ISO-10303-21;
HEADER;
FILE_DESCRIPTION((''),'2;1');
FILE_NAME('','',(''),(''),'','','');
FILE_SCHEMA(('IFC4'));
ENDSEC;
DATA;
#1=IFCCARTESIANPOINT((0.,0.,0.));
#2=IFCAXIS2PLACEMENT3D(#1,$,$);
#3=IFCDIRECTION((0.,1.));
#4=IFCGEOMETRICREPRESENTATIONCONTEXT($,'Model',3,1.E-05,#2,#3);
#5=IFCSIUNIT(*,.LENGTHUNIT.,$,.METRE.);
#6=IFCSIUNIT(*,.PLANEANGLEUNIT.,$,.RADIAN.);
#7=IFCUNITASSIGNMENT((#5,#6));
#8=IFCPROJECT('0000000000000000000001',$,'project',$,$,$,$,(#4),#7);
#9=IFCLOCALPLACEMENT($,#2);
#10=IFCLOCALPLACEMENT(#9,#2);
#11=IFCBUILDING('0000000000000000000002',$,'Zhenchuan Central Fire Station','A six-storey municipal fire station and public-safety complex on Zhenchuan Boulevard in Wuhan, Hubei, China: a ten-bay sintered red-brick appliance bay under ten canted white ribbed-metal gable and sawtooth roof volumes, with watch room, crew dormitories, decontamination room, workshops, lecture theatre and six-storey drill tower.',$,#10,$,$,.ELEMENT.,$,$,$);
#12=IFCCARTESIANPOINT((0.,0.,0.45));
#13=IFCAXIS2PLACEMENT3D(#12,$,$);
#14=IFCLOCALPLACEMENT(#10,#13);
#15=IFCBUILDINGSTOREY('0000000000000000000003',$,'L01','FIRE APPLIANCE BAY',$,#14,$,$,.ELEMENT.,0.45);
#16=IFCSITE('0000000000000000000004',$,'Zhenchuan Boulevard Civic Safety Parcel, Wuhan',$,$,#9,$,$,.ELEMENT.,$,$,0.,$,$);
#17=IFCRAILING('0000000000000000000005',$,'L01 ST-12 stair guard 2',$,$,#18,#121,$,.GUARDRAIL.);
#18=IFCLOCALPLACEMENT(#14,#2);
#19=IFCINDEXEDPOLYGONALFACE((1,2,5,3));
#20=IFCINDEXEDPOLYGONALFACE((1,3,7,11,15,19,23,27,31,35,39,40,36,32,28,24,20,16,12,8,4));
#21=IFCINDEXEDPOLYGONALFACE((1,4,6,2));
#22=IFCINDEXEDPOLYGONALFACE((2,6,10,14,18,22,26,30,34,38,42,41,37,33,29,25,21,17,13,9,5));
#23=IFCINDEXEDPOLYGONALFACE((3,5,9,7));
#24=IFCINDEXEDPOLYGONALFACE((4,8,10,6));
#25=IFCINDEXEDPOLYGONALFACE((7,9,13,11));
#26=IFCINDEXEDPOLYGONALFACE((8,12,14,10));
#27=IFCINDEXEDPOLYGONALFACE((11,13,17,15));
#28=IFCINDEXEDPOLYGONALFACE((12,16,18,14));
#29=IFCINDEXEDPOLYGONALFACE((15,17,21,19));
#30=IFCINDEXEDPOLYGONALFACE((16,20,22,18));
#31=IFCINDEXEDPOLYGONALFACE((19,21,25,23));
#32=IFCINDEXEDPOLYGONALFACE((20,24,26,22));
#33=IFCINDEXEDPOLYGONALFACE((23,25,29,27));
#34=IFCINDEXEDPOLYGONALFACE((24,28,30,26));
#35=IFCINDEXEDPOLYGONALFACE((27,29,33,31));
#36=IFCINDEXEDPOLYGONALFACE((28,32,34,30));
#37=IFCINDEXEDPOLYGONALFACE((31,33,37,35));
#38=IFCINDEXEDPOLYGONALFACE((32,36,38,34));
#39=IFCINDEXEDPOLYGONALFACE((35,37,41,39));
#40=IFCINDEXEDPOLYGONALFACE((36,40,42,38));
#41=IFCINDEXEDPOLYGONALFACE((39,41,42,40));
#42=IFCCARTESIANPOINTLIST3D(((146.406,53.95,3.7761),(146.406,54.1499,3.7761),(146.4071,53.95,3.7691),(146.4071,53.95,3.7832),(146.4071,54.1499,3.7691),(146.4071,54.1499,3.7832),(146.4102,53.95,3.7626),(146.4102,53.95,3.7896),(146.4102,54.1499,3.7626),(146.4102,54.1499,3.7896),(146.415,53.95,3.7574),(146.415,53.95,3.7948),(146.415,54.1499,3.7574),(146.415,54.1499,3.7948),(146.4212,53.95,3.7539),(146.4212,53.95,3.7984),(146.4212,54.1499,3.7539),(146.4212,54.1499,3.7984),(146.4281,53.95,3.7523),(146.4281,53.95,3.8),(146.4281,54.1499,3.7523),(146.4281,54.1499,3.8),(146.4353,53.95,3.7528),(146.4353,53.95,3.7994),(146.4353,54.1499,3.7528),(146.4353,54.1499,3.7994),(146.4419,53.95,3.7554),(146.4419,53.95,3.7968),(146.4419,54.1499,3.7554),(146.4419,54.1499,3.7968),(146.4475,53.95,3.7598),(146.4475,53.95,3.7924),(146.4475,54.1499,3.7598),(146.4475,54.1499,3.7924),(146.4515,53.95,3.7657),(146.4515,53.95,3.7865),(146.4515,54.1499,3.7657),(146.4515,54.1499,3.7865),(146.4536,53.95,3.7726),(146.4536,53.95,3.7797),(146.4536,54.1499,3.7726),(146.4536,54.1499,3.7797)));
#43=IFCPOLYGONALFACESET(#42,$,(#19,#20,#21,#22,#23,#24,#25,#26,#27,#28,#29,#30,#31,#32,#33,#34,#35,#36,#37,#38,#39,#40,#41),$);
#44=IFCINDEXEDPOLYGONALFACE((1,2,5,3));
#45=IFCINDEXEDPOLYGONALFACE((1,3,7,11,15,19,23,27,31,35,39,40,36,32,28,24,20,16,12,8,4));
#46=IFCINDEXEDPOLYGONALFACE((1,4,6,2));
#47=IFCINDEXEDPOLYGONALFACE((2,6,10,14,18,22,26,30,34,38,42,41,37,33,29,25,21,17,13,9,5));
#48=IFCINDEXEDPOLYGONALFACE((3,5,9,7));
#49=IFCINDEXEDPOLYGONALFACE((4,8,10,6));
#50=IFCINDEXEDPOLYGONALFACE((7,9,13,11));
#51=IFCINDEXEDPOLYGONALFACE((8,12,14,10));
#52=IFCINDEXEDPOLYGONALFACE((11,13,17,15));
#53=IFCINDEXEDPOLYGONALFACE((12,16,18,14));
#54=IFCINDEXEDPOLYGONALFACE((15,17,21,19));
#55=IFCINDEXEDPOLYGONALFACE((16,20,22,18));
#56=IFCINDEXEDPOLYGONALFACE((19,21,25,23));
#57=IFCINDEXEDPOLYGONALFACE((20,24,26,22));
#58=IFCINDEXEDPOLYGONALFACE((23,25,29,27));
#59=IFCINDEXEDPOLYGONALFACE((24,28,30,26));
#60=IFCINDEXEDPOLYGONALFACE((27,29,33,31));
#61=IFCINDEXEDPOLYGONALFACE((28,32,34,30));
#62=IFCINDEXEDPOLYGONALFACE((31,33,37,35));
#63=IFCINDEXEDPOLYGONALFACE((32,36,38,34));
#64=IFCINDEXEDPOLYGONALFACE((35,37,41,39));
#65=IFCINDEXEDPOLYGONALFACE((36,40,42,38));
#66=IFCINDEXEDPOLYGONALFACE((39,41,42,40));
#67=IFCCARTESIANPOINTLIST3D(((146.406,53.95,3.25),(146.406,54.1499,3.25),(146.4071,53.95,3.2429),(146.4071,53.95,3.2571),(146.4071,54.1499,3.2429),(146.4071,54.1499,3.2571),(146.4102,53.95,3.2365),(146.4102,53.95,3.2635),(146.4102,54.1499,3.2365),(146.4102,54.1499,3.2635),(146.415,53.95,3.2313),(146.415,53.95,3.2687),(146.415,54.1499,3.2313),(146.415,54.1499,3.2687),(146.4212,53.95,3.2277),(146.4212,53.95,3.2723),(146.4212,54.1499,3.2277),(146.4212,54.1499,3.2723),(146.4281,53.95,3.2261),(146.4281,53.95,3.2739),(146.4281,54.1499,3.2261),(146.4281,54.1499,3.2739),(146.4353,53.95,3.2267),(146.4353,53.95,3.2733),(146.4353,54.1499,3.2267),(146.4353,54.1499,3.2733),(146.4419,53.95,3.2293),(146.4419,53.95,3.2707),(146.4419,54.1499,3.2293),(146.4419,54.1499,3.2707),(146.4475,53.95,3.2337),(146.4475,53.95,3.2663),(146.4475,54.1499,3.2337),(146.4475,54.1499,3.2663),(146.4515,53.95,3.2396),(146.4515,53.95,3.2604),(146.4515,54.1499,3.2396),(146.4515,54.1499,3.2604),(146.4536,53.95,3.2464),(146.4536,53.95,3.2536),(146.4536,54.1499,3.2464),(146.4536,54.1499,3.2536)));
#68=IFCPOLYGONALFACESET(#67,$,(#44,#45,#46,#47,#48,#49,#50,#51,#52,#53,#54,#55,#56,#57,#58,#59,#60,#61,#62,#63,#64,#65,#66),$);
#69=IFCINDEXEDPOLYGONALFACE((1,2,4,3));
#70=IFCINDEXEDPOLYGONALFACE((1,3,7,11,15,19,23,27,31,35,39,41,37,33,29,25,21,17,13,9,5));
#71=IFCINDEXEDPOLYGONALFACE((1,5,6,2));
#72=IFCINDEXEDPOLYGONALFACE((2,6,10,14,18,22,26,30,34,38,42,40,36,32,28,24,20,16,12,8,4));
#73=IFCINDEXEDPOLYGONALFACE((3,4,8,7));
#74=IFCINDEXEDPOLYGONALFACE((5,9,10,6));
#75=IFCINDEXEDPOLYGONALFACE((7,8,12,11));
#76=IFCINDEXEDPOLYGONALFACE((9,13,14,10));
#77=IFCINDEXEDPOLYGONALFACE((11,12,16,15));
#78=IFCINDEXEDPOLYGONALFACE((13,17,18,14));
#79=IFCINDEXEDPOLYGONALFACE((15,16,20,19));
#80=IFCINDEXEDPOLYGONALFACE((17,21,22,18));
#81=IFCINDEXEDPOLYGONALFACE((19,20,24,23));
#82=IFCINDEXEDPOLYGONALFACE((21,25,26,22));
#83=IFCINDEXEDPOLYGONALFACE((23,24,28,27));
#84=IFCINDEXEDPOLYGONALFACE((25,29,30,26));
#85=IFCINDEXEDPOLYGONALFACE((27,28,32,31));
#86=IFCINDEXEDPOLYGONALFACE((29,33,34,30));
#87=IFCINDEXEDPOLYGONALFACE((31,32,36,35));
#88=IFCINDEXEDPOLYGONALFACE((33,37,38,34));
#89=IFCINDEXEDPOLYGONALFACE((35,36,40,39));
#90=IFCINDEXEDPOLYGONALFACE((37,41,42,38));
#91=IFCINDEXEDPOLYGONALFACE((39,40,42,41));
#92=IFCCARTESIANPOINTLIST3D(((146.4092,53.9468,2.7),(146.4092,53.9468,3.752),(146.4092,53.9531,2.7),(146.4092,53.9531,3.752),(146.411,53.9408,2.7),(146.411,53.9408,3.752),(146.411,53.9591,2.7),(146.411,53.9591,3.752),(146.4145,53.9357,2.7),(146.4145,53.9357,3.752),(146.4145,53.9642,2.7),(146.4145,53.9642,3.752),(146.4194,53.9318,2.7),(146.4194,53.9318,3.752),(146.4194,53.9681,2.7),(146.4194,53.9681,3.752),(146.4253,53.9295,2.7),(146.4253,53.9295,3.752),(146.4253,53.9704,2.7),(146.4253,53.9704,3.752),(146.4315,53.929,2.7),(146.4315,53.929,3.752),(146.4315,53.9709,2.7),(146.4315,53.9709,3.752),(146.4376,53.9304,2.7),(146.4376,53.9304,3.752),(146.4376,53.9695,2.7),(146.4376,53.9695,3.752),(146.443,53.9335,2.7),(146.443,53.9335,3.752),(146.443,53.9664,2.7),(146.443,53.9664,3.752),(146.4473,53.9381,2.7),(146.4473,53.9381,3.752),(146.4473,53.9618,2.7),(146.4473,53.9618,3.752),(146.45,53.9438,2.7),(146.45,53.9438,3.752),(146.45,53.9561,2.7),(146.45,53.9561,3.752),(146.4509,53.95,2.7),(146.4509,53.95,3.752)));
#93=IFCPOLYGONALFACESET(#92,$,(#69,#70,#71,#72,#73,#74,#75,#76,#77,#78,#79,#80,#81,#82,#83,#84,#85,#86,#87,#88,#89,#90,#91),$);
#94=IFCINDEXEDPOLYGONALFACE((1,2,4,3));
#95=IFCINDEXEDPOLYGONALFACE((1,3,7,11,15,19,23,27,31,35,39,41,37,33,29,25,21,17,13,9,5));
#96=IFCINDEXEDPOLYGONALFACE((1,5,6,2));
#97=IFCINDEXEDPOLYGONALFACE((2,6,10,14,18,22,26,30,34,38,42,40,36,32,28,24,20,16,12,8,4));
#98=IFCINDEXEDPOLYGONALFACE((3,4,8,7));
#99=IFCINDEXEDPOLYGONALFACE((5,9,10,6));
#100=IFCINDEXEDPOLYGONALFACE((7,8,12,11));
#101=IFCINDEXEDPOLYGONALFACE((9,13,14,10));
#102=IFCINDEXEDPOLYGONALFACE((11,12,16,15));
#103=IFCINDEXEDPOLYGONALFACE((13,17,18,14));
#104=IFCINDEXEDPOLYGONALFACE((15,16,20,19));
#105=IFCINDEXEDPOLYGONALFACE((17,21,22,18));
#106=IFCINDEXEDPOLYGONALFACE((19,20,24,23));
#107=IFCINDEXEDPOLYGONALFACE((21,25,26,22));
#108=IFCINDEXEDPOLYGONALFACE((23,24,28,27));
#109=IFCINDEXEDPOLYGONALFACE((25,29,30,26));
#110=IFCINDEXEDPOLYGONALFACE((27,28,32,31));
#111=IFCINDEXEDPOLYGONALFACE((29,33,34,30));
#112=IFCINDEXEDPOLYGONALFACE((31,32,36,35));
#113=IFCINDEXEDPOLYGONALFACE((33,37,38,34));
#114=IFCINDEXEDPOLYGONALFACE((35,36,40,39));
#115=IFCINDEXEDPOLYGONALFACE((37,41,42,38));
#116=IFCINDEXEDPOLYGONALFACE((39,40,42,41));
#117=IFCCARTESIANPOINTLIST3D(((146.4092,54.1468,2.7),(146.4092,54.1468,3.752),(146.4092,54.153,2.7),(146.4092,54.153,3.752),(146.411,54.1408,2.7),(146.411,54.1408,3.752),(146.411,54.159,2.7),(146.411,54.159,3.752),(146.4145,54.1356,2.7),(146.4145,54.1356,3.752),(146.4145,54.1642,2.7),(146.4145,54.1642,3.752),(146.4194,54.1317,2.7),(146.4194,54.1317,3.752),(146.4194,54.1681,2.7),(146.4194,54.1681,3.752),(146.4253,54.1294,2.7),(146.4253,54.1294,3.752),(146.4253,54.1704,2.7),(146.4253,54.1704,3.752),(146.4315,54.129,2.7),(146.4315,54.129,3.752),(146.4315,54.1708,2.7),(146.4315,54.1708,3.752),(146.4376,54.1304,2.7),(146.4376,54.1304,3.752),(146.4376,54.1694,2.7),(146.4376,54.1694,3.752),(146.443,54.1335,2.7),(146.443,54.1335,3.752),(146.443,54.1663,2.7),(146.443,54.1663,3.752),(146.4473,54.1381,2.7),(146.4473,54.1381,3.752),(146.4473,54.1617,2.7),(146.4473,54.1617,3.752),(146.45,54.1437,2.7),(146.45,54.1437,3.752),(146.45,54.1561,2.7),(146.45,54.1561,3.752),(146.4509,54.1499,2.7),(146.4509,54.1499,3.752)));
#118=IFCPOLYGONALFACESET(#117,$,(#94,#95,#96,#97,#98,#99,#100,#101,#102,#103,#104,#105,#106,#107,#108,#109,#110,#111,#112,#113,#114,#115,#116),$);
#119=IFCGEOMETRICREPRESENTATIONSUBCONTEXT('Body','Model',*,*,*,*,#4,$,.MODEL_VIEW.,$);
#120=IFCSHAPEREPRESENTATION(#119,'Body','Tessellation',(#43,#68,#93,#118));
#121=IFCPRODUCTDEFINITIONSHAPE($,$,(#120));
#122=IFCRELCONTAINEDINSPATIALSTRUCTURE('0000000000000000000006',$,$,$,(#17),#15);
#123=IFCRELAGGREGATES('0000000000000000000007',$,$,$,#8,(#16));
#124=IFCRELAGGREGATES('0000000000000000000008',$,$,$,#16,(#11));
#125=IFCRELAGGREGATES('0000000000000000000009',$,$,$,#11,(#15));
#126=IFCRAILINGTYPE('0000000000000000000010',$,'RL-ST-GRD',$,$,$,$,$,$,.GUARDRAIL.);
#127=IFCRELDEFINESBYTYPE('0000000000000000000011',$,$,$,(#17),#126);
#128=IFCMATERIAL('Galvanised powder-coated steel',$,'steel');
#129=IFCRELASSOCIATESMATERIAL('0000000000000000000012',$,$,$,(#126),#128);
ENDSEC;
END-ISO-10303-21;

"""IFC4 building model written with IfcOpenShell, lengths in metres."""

from ifc_helpers import new_model, si_unit, direction, frame, origin, origin_2d, place, context, subcontext, project, spatial, circle, extrude, material, type_object, element, save


model = new_model("IFC4")

# Units and contexts
model_context = context("Model", 3, precision=1e-05, world=origin(), true_north=direction((0.0, 1.0)))
body_context = subcontext(model_context, "Body", "Model", "MODEL_VIEW")
ifc_project = project(units=[si_unit("LENGTHUNIT", "METRE"), si_unit("PLANEANGLEUNIT", "RADIAN")], contexts=[model_context])

# Site, building, storey
site_placement = place(None, origin())
site = spatial("IfcSite", under=ifc_project, at=site_placement, Name="Zhenchuan Boulevard Civic Safety Parcel, Wuhan", CompositionType="ELEMENT", RefElevation=0.0)
building_placement = place(site_placement, origin())
building = spatial("IfcBuilding", under=site, at=building_placement, Name="Zhenchuan Central Fire Station", Description="A six-storey municipal fire station and public-safety complex on Zhenchuan Boulevard in Wuhan, Hubei, China: a ten-bay sintered red-brick appliance bay under ten canted white ribbed-metal gable and sawtooth roof volumes, with watch room, crew dormitories, decontamination room, workshops, lecture theatre and six-storey drill tower.", CompositionType="ELEMENT")
storey_placement = place(building_placement, frame((0.0, 0.0, 0.45)))
storey = spatial("IfcBuildingStorey", under=building, at=storey_placement, Name="L01", Description="FIRE APPLIANCE BAY", CompositionType="ELEMENT", Elevation=0.45)

# Railing
ifc_material_1 = material(Name="Galvanised powder-coated steel", Category="steel")
railing_type_1 = type_object("IfcRailingType", Name="RL-ST-GRD", PredefinedType="GUARDRAIL", material=ifc_material_1)
railing_1_placement = place(storey_placement, frame((146.4299, 53.95, 2.7)))
element("IfcRailing", 1, at=railing_1_placement, inside=storey, type_object=railing_type_1, Name="L01 ST-12 stair guard 2", PredefinedType="GUARDRAIL", context=body_context, shape_type="SweptSolid", body=[
    extrude(circle(Radius=0.0239, at=origin_2d()), frame((0.0, 0.0, 1.0762), z_axis=(0.0, 1.0, 0.0), x_axis=(-1.0, 0.0, 0.0)), (0.0, 0.0, 1.0), 0.2),
    extrude(circle(Radius=0.0239, at=origin_2d()), frame((0.0, 0.0, 0.55), z_axis=(0.0, 1.0, 0.0), x_axis=(-1.0, 0.0, 0.0)), (0.0, 0.0, 1.0), 0.2),
    extrude(circle(Radius=0.021, at=origin_2d()), origin(), (0.0, 0.0, 1.0), 1.052),
    extrude(circle(Radius=0.021, at=origin_2d()), frame((0.0, 0.2, 0.0)), (0.0, 0.0, 1.0), 1.052),
])

save(model, "model.ifc")
